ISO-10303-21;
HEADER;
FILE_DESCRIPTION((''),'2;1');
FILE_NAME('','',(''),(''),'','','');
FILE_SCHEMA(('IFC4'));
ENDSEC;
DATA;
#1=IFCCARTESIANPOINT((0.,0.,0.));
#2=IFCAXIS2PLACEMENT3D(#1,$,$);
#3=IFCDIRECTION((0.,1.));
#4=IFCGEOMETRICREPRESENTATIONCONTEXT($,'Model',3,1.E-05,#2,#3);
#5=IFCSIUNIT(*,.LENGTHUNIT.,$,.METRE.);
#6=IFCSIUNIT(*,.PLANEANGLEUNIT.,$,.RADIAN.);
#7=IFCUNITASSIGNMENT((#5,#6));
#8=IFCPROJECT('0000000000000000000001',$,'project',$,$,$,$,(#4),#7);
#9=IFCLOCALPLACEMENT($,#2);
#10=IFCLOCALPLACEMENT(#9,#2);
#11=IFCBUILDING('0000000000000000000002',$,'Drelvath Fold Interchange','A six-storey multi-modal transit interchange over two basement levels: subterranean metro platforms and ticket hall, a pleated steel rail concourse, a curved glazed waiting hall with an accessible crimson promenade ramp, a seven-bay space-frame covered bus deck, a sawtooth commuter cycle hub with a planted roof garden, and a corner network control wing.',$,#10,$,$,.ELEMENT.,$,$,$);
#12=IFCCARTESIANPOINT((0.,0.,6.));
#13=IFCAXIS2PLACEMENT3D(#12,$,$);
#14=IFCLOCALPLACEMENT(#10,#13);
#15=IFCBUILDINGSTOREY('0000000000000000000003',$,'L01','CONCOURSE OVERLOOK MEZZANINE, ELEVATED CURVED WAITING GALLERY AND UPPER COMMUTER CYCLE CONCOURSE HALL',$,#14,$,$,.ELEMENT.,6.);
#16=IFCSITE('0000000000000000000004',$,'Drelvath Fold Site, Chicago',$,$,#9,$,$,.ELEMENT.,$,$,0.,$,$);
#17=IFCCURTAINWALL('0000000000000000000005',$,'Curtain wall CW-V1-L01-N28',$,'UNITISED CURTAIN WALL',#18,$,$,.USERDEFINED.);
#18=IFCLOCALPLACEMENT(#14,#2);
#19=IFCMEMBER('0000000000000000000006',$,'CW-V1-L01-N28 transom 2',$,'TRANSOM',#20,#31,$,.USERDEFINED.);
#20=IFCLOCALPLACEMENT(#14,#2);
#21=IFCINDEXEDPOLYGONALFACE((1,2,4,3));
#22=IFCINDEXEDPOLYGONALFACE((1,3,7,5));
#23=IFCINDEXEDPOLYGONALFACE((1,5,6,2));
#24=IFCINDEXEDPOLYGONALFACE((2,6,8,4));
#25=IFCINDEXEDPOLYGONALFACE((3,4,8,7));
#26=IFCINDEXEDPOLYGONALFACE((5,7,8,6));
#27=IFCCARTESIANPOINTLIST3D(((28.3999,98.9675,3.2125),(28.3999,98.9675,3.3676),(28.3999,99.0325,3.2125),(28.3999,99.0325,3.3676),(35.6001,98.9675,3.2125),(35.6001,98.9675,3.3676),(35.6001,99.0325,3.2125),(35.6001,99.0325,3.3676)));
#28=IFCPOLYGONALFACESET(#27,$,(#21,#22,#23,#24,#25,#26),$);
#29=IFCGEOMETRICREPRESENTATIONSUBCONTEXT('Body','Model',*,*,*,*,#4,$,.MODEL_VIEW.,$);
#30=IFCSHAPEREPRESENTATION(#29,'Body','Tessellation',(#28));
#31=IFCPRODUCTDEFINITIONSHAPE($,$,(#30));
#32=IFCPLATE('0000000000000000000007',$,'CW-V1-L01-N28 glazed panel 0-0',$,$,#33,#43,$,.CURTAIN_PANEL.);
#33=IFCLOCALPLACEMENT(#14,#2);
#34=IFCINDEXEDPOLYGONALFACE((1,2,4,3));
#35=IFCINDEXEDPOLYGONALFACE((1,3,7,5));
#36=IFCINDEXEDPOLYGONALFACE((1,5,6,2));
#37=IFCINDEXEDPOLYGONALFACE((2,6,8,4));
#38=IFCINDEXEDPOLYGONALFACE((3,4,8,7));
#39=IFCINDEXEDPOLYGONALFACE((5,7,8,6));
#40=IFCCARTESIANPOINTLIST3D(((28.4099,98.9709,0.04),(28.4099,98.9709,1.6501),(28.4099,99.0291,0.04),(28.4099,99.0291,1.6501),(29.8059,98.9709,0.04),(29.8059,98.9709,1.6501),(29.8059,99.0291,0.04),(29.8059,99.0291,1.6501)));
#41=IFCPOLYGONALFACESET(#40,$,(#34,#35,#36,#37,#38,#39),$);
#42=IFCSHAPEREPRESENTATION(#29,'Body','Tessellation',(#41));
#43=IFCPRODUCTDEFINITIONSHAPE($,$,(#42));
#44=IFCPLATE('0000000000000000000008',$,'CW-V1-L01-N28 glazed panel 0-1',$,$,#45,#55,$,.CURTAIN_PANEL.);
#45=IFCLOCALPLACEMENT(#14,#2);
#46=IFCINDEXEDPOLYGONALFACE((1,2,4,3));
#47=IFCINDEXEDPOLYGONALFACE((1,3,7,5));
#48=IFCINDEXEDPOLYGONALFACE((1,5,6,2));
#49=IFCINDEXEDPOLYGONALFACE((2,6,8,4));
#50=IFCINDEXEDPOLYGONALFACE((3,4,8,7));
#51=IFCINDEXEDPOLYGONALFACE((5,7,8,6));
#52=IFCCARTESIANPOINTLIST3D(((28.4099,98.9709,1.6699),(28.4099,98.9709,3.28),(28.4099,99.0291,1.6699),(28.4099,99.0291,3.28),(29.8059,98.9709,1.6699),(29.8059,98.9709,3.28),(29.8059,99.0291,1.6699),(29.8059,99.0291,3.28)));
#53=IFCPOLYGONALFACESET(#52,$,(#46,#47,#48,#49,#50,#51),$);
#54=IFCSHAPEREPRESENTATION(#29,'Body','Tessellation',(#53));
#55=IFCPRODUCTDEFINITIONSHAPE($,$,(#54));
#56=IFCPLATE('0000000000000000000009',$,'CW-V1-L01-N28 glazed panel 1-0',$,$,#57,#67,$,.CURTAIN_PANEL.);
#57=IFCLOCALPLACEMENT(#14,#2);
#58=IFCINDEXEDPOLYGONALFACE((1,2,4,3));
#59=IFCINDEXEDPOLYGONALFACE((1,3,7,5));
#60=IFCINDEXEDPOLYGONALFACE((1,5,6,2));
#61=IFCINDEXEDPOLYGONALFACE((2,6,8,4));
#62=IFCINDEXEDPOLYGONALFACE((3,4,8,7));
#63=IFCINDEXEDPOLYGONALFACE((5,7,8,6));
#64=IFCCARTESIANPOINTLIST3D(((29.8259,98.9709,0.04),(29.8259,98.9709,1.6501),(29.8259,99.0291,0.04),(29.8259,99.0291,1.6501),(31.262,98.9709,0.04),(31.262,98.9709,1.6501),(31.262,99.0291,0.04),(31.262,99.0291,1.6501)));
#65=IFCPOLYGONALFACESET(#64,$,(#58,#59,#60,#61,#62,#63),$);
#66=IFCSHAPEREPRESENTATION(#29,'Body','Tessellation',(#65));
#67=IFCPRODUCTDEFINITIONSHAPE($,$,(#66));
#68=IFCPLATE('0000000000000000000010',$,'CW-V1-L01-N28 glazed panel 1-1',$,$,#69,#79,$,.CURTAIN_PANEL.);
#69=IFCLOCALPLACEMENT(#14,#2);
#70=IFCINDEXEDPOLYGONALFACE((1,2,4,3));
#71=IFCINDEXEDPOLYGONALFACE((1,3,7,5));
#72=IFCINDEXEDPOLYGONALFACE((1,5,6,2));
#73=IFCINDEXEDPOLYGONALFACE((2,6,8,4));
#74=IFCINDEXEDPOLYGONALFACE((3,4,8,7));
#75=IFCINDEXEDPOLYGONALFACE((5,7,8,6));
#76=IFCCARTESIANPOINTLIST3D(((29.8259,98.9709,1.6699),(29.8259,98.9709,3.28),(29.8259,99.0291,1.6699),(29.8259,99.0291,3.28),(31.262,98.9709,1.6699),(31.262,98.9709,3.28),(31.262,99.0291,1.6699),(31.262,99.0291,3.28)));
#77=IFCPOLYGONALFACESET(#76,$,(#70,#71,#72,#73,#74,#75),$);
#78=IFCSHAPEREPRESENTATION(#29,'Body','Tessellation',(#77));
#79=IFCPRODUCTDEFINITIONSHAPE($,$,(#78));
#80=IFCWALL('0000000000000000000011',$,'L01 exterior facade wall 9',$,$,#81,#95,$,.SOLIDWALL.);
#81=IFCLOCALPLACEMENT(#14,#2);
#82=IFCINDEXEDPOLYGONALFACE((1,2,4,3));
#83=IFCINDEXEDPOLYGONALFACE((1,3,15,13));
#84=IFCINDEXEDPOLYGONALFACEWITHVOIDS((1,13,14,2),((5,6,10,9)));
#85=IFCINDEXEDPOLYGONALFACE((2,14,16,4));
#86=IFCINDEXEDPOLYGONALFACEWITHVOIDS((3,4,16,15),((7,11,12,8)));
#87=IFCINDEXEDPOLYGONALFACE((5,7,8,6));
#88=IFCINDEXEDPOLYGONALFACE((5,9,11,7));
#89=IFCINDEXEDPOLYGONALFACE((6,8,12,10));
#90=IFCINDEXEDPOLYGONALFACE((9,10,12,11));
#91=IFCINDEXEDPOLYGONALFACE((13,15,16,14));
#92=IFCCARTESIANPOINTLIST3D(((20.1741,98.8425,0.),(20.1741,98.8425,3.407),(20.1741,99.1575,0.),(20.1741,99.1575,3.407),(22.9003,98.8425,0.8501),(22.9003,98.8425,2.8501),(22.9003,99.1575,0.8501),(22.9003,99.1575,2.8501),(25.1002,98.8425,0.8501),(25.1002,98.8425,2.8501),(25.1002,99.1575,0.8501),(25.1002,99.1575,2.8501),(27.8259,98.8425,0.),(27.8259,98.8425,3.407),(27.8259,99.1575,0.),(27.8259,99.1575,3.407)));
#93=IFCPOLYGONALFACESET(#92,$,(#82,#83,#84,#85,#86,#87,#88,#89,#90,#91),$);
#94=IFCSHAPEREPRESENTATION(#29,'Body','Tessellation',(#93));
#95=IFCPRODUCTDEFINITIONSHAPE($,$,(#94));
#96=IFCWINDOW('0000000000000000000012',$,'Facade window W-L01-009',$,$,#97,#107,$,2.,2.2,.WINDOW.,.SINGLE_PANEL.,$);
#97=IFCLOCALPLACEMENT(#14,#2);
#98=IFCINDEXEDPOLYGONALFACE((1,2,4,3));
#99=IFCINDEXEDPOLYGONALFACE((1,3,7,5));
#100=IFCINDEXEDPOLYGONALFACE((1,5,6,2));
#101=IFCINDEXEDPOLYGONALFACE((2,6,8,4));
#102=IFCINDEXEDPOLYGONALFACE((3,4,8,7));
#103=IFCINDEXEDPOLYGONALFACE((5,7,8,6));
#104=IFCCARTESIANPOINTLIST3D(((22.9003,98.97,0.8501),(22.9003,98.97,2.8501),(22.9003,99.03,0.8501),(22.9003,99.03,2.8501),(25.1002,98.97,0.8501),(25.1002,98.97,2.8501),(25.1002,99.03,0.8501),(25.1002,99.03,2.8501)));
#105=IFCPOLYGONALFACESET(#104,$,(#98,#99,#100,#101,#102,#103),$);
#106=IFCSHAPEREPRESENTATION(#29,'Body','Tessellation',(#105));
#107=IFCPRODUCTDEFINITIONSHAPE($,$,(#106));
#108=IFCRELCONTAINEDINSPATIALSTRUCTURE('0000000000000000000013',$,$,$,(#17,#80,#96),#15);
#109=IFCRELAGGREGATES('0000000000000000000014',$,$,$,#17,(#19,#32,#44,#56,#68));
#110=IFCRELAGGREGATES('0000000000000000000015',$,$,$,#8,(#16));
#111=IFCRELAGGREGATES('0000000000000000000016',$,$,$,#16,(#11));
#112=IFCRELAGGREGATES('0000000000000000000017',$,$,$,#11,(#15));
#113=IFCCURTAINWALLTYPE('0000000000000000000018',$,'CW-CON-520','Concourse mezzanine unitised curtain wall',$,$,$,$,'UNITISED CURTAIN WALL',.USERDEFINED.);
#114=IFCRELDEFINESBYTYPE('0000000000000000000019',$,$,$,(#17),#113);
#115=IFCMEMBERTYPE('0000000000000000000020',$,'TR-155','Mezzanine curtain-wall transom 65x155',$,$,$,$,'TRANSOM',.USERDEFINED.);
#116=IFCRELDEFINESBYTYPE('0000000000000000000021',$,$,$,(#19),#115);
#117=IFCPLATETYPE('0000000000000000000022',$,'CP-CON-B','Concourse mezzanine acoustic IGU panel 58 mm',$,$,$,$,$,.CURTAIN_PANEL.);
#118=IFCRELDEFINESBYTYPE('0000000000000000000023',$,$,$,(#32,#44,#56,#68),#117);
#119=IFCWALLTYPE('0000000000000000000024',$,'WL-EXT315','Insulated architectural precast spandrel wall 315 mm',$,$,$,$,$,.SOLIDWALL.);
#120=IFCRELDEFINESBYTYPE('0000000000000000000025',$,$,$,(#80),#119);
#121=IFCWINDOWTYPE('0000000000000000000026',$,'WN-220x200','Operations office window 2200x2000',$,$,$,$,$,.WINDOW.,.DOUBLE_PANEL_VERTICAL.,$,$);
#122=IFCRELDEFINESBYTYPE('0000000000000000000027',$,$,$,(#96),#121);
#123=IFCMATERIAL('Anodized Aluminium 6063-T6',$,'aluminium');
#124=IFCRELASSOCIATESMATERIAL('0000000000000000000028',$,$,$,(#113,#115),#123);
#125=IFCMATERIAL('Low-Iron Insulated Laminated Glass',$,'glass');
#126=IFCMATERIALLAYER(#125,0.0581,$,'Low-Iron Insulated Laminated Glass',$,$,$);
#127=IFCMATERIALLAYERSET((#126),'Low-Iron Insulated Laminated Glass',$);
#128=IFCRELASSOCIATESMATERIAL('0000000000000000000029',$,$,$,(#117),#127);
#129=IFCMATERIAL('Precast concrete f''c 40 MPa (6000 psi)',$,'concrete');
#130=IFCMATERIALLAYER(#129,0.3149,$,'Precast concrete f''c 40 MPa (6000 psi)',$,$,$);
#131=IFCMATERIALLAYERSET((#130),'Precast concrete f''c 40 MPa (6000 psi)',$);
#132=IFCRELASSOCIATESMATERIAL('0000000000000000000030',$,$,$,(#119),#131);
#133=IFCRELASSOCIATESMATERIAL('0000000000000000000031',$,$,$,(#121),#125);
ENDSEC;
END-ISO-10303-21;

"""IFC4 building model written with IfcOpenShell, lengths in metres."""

from ifc_helpers import new_model, si_unit, direction, frame, frame_2d, origin, origin_2d, place, context, subcontext, project, spatial, rectangle, extrude, material, layer, layer_set, material_profile, profile_set, type_object, element, fill, aggregate, save


model = new_model("IFC4")

# Units and contexts
model_context = context("Model", 3, precision=1e-05, world=origin(), true_north=direction((0.0, 1.0)))
body_context = subcontext(model_context, "Body", "Model", "MODEL_VIEW")
ifc_project = project(units=[si_unit("LENGTHUNIT", "METRE"), si_unit("PLANEANGLEUNIT", "RADIAN")], contexts=[model_context])

# Site, building, storey
site_placement = place(None, origin())
site = spatial("IfcSite", under=ifc_project, at=site_placement, Name="Drelvath Fold Site, Chicago", CompositionType="ELEMENT", RefElevation=0.0)
building_placement = place(site_placement, origin())
building = spatial("IfcBuilding", under=site, at=building_placement, Name="Drelvath Fold Interchange", Description="A six-storey multi-modal transit interchange over two basement levels: subterranean metro platforms and ticket hall, a pleated steel rail concourse, a curved glazed waiting hall with an accessible crimson promenade ramp, a seven-bay space-frame covered bus deck, a sawtooth commuter cycle hub with a planted roof garden, and a corner network control wing.", CompositionType="ELEMENT")
storey_placement = place(building_placement, frame((0.0, 0.0, 6.0)))
storey = spatial("IfcBuildingStorey", under=building, at=storey_placement, Name="L01", Description="CONCOURSE OVERLOOK MEZZANINE, ELEVATED CURVED WAITING GALLERY AND UPPER COMMUTER CYCLE CONCOURSE HALL", CompositionType="ELEMENT", Elevation=6.0)

# Curtain wall, member, plates
ifc_material_1 = material(Name="Anodized Aluminium 6063-T6", Category="aluminium")
curtain_wall_type = type_object("IfcCurtainWallType", Name="CW-CON-520", Description="Concourse mezzanine unitised curtain wall", ElementType="UNITISED CURTAIN WALL", PredefinedType="USERDEFINED", material=ifc_material_1)
curtain_wall_placement = place(storey_placement, origin())
curtain_wall = element("IfcCurtainWall", 1, at=curtain_wall_placement, inside=storey, type_object=curtain_wall_type, Name="Curtain wall CW-V1-L01-N28", ObjectType="UNITISED CURTAIN WALL", PredefinedType="USERDEFINED")
ifc_material_profile_1 = material_profile(ifc_material_1, rectangle(XDim=0.0649, YDim=0.155, at=origin_2d()), Name="AL-T 65x155")
ifc_profile_set_1 = profile_set([ifc_material_profile_1], Name="Anodized Aluminium 6063-T6")
member_type_1 = type_object("IfcMemberType", Name="TR-155", Description="Mezzanine curtain-wall transom 65x155", ElementType="TRANSOM", PredefinedType="USERDEFINED", material=ifc_profile_set_1)
member_1_placement = place(storey_placement, frame((28.3999, 99.0, 3.29), z_axis=(1.0, 0.0, 0.0), x_axis=(0.0, 1.0, 0.0)))
member_1 = element("IfcMember", 2, at=member_1_placement, type_object=member_type_1, Name="CW-V1-L01-N28 transom 2", ObjectType="TRANSOM", PredefinedType="USERDEFINED", context=body_context, shape_type="SweptSolid", body=[
    extrude(rectangle(XDim=0.0649, YDim=0.155, at=origin_2d()), origin(), (0.0, 0.0, 1.0), 7.2002),
])
ifc_material_2 = material(Name="Low-Iron Insulated Laminated Glass", Category="glass")
ifc_layer_1 = layer(ifc_material_2, 0.0581, Name="Low-Iron Insulated Laminated Glass")
ifc_layer_set_1 = layer_set([ifc_layer_1], Name="Low-Iron Insulated Laminated Glass")
plate_type = type_object("IfcPlateType", Name="CP-CON-B", Description="Concourse mezzanine acoustic IGU panel 58 mm", PredefinedType="CURTAIN_PANEL", material=ifc_layer_set_1)
plate_1_placement = place(storey_placement, frame((29.1079, 99.0, 0.04), z_axis=(0.0, 0.0, 1.0), x_axis=(1.0, 0.0, 0.0)))
plate_1 = element("IfcPlate", 3, at=plate_1_placement, type_object=plate_type, Name="CW-V1-L01-N28 glazed panel 0-0", PredefinedType="CURTAIN_PANEL", context=body_context, shape_type="SweptSolid", body=[
    extrude(rectangle(XDim=1.396, YDim=0.0581, at=origin_2d()), origin(), (0.0, 0.0, 1.0), 1.6101),
])
plate_2_placement = place(storey_placement, frame((29.1079, 99.0, 1.6699), z_axis=(0.0, 0.0, 1.0), x_axis=(1.0, 0.0, 0.0)))
plate_2 = element("IfcPlate", 4, at=plate_2_placement, type_object=plate_type, Name="CW-V1-L01-N28 glazed panel 0-1", PredefinedType="CURTAIN_PANEL", context=body_context, shape_type="SweptSolid", body=[
    extrude(rectangle(XDim=1.396, YDim=0.0581, at=origin_2d()), origin(), (0.0, 0.0, 1.0), 1.6101),
])
plate_3_placement = place(storey_placement, frame((30.5439, 99.0, 0.04), z_axis=(0.0, 0.0, 1.0), x_axis=(1.0, 0.0, 0.0)))
plate_3 = element("IfcPlate", 5, at=plate_3_placement, type_object=plate_type, Name="CW-V1-L01-N28 glazed panel 1-0", PredefinedType="CURTAIN_PANEL", context=body_context, shape_type="SweptSolid", body=[
    extrude(rectangle(XDim=1.436, YDim=0.0581, at=origin_2d()), origin(), (0.0, 0.0, 1.0), 1.6101),
])
plate_4_placement = place(storey_placement, frame((30.5439, 99.0, 1.6699), z_axis=(0.0, 0.0, 1.0), x_axis=(1.0, 0.0, 0.0)))
plate_4 = element("IfcPlate", 6, at=plate_4_placement, type_object=plate_type, Name="CW-V1-L01-N28 glazed panel 1-1", PredefinedType="CURTAIN_PANEL", context=body_context, shape_type="SweptSolid", body=[
    extrude(rectangle(XDim=1.436, YDim=0.0581, at=origin_2d()), origin(), (0.0, 0.0, 1.0), 1.6101),
])
aggregate(curtain_wall, [member_1, plate_1, plate_2, plate_3, plate_4])

# Wall, opening, window
ifc_material_3 = material(Name="Precast concrete f'c 40 MPa (6000 psi)", Category="concrete")
ifc_layer_2 = layer(ifc_material_3, 0.3149, Name="Precast concrete f'c 40 MPa (6000 psi)")
ifc_layer_set_2 = layer_set([ifc_layer_2], Name="Precast concrete f'c 40 MPa (6000 psi)")
wall_type = type_object("IfcWallType", Name="WL-EXT315", Description="Insulated architectural precast spandrel wall 315 mm", PredefinedType="SOLIDWALL", material=ifc_layer_set_2)
wall_placement = place(storey_placement, frame((20.1741, 99.0, 0.0), z_axis=(0.0, 0.0, 1.0), x_axis=(1.0, 0.0, 0.0)))
wall = element("IfcWall", 7, at=wall_placement, inside=storey, type_object=wall_type, Name="L01 exterior facade wall 9", PredefinedType="SOLIDWALL", context=body_context, shape_type="SweptSolid", body=[
    extrude(rectangle(XDim=7.6519, YDim=0.3149, at=frame_2d((3.8259, 0.0))), origin(), (0.0, 0.0, 1.0), 3.407),
])
opening_placement = place(wall_placement, frame((2.7261, 0.0, 0.8501)))
opening = element("IfcOpeningElement", 8, at=opening_placement, cuts=wall, PredefinedType="OPENING", context=body_context, shape_type="SweptSolid", body=[
    extrude(rectangle(XDim=2.2, YDim=2.0, at=frame_2d((1.1001, 1.0))), frame((0.0, 0.1675, 0.0), z_axis=(0.0, -1.0, 0.0), x_axis=(1.0, 0.0, 0.0)), (0.0, 0.0, 1.0), 0.335),
])
window_type = type_object("IfcWindowType", Name="WN-220x200", Description="Operations office window 2200x2000", PartitioningType="DOUBLE_PANEL_VERTICAL", PredefinedType="WINDOW", material=ifc_material_2)
window_placement = place(opening_placement, origin())
window = element("IfcWindow", 9, at=window_placement, inside=storey, type_object=window_type, Name="Facade window W-L01-009", OverallHeight=2.0, OverallWidth=2.2, PartitioningType="SINGLE_PANEL", PredefinedType="WINDOW", context=body_context, shape_type="SweptSolid", body=[
    extrude(rectangle(XDim=2.2, YDim=2.0, at=frame_2d((1.1001, 1.0))), frame((0.0, 0.03, 0.0), z_axis=(0.0, -1.0, 0.0), x_axis=(1.0, 0.0, 0.0)), (0.0, 0.0, 1.0), 0.0601),
])
fill(opening, window)

save(model, "model.ifc")
